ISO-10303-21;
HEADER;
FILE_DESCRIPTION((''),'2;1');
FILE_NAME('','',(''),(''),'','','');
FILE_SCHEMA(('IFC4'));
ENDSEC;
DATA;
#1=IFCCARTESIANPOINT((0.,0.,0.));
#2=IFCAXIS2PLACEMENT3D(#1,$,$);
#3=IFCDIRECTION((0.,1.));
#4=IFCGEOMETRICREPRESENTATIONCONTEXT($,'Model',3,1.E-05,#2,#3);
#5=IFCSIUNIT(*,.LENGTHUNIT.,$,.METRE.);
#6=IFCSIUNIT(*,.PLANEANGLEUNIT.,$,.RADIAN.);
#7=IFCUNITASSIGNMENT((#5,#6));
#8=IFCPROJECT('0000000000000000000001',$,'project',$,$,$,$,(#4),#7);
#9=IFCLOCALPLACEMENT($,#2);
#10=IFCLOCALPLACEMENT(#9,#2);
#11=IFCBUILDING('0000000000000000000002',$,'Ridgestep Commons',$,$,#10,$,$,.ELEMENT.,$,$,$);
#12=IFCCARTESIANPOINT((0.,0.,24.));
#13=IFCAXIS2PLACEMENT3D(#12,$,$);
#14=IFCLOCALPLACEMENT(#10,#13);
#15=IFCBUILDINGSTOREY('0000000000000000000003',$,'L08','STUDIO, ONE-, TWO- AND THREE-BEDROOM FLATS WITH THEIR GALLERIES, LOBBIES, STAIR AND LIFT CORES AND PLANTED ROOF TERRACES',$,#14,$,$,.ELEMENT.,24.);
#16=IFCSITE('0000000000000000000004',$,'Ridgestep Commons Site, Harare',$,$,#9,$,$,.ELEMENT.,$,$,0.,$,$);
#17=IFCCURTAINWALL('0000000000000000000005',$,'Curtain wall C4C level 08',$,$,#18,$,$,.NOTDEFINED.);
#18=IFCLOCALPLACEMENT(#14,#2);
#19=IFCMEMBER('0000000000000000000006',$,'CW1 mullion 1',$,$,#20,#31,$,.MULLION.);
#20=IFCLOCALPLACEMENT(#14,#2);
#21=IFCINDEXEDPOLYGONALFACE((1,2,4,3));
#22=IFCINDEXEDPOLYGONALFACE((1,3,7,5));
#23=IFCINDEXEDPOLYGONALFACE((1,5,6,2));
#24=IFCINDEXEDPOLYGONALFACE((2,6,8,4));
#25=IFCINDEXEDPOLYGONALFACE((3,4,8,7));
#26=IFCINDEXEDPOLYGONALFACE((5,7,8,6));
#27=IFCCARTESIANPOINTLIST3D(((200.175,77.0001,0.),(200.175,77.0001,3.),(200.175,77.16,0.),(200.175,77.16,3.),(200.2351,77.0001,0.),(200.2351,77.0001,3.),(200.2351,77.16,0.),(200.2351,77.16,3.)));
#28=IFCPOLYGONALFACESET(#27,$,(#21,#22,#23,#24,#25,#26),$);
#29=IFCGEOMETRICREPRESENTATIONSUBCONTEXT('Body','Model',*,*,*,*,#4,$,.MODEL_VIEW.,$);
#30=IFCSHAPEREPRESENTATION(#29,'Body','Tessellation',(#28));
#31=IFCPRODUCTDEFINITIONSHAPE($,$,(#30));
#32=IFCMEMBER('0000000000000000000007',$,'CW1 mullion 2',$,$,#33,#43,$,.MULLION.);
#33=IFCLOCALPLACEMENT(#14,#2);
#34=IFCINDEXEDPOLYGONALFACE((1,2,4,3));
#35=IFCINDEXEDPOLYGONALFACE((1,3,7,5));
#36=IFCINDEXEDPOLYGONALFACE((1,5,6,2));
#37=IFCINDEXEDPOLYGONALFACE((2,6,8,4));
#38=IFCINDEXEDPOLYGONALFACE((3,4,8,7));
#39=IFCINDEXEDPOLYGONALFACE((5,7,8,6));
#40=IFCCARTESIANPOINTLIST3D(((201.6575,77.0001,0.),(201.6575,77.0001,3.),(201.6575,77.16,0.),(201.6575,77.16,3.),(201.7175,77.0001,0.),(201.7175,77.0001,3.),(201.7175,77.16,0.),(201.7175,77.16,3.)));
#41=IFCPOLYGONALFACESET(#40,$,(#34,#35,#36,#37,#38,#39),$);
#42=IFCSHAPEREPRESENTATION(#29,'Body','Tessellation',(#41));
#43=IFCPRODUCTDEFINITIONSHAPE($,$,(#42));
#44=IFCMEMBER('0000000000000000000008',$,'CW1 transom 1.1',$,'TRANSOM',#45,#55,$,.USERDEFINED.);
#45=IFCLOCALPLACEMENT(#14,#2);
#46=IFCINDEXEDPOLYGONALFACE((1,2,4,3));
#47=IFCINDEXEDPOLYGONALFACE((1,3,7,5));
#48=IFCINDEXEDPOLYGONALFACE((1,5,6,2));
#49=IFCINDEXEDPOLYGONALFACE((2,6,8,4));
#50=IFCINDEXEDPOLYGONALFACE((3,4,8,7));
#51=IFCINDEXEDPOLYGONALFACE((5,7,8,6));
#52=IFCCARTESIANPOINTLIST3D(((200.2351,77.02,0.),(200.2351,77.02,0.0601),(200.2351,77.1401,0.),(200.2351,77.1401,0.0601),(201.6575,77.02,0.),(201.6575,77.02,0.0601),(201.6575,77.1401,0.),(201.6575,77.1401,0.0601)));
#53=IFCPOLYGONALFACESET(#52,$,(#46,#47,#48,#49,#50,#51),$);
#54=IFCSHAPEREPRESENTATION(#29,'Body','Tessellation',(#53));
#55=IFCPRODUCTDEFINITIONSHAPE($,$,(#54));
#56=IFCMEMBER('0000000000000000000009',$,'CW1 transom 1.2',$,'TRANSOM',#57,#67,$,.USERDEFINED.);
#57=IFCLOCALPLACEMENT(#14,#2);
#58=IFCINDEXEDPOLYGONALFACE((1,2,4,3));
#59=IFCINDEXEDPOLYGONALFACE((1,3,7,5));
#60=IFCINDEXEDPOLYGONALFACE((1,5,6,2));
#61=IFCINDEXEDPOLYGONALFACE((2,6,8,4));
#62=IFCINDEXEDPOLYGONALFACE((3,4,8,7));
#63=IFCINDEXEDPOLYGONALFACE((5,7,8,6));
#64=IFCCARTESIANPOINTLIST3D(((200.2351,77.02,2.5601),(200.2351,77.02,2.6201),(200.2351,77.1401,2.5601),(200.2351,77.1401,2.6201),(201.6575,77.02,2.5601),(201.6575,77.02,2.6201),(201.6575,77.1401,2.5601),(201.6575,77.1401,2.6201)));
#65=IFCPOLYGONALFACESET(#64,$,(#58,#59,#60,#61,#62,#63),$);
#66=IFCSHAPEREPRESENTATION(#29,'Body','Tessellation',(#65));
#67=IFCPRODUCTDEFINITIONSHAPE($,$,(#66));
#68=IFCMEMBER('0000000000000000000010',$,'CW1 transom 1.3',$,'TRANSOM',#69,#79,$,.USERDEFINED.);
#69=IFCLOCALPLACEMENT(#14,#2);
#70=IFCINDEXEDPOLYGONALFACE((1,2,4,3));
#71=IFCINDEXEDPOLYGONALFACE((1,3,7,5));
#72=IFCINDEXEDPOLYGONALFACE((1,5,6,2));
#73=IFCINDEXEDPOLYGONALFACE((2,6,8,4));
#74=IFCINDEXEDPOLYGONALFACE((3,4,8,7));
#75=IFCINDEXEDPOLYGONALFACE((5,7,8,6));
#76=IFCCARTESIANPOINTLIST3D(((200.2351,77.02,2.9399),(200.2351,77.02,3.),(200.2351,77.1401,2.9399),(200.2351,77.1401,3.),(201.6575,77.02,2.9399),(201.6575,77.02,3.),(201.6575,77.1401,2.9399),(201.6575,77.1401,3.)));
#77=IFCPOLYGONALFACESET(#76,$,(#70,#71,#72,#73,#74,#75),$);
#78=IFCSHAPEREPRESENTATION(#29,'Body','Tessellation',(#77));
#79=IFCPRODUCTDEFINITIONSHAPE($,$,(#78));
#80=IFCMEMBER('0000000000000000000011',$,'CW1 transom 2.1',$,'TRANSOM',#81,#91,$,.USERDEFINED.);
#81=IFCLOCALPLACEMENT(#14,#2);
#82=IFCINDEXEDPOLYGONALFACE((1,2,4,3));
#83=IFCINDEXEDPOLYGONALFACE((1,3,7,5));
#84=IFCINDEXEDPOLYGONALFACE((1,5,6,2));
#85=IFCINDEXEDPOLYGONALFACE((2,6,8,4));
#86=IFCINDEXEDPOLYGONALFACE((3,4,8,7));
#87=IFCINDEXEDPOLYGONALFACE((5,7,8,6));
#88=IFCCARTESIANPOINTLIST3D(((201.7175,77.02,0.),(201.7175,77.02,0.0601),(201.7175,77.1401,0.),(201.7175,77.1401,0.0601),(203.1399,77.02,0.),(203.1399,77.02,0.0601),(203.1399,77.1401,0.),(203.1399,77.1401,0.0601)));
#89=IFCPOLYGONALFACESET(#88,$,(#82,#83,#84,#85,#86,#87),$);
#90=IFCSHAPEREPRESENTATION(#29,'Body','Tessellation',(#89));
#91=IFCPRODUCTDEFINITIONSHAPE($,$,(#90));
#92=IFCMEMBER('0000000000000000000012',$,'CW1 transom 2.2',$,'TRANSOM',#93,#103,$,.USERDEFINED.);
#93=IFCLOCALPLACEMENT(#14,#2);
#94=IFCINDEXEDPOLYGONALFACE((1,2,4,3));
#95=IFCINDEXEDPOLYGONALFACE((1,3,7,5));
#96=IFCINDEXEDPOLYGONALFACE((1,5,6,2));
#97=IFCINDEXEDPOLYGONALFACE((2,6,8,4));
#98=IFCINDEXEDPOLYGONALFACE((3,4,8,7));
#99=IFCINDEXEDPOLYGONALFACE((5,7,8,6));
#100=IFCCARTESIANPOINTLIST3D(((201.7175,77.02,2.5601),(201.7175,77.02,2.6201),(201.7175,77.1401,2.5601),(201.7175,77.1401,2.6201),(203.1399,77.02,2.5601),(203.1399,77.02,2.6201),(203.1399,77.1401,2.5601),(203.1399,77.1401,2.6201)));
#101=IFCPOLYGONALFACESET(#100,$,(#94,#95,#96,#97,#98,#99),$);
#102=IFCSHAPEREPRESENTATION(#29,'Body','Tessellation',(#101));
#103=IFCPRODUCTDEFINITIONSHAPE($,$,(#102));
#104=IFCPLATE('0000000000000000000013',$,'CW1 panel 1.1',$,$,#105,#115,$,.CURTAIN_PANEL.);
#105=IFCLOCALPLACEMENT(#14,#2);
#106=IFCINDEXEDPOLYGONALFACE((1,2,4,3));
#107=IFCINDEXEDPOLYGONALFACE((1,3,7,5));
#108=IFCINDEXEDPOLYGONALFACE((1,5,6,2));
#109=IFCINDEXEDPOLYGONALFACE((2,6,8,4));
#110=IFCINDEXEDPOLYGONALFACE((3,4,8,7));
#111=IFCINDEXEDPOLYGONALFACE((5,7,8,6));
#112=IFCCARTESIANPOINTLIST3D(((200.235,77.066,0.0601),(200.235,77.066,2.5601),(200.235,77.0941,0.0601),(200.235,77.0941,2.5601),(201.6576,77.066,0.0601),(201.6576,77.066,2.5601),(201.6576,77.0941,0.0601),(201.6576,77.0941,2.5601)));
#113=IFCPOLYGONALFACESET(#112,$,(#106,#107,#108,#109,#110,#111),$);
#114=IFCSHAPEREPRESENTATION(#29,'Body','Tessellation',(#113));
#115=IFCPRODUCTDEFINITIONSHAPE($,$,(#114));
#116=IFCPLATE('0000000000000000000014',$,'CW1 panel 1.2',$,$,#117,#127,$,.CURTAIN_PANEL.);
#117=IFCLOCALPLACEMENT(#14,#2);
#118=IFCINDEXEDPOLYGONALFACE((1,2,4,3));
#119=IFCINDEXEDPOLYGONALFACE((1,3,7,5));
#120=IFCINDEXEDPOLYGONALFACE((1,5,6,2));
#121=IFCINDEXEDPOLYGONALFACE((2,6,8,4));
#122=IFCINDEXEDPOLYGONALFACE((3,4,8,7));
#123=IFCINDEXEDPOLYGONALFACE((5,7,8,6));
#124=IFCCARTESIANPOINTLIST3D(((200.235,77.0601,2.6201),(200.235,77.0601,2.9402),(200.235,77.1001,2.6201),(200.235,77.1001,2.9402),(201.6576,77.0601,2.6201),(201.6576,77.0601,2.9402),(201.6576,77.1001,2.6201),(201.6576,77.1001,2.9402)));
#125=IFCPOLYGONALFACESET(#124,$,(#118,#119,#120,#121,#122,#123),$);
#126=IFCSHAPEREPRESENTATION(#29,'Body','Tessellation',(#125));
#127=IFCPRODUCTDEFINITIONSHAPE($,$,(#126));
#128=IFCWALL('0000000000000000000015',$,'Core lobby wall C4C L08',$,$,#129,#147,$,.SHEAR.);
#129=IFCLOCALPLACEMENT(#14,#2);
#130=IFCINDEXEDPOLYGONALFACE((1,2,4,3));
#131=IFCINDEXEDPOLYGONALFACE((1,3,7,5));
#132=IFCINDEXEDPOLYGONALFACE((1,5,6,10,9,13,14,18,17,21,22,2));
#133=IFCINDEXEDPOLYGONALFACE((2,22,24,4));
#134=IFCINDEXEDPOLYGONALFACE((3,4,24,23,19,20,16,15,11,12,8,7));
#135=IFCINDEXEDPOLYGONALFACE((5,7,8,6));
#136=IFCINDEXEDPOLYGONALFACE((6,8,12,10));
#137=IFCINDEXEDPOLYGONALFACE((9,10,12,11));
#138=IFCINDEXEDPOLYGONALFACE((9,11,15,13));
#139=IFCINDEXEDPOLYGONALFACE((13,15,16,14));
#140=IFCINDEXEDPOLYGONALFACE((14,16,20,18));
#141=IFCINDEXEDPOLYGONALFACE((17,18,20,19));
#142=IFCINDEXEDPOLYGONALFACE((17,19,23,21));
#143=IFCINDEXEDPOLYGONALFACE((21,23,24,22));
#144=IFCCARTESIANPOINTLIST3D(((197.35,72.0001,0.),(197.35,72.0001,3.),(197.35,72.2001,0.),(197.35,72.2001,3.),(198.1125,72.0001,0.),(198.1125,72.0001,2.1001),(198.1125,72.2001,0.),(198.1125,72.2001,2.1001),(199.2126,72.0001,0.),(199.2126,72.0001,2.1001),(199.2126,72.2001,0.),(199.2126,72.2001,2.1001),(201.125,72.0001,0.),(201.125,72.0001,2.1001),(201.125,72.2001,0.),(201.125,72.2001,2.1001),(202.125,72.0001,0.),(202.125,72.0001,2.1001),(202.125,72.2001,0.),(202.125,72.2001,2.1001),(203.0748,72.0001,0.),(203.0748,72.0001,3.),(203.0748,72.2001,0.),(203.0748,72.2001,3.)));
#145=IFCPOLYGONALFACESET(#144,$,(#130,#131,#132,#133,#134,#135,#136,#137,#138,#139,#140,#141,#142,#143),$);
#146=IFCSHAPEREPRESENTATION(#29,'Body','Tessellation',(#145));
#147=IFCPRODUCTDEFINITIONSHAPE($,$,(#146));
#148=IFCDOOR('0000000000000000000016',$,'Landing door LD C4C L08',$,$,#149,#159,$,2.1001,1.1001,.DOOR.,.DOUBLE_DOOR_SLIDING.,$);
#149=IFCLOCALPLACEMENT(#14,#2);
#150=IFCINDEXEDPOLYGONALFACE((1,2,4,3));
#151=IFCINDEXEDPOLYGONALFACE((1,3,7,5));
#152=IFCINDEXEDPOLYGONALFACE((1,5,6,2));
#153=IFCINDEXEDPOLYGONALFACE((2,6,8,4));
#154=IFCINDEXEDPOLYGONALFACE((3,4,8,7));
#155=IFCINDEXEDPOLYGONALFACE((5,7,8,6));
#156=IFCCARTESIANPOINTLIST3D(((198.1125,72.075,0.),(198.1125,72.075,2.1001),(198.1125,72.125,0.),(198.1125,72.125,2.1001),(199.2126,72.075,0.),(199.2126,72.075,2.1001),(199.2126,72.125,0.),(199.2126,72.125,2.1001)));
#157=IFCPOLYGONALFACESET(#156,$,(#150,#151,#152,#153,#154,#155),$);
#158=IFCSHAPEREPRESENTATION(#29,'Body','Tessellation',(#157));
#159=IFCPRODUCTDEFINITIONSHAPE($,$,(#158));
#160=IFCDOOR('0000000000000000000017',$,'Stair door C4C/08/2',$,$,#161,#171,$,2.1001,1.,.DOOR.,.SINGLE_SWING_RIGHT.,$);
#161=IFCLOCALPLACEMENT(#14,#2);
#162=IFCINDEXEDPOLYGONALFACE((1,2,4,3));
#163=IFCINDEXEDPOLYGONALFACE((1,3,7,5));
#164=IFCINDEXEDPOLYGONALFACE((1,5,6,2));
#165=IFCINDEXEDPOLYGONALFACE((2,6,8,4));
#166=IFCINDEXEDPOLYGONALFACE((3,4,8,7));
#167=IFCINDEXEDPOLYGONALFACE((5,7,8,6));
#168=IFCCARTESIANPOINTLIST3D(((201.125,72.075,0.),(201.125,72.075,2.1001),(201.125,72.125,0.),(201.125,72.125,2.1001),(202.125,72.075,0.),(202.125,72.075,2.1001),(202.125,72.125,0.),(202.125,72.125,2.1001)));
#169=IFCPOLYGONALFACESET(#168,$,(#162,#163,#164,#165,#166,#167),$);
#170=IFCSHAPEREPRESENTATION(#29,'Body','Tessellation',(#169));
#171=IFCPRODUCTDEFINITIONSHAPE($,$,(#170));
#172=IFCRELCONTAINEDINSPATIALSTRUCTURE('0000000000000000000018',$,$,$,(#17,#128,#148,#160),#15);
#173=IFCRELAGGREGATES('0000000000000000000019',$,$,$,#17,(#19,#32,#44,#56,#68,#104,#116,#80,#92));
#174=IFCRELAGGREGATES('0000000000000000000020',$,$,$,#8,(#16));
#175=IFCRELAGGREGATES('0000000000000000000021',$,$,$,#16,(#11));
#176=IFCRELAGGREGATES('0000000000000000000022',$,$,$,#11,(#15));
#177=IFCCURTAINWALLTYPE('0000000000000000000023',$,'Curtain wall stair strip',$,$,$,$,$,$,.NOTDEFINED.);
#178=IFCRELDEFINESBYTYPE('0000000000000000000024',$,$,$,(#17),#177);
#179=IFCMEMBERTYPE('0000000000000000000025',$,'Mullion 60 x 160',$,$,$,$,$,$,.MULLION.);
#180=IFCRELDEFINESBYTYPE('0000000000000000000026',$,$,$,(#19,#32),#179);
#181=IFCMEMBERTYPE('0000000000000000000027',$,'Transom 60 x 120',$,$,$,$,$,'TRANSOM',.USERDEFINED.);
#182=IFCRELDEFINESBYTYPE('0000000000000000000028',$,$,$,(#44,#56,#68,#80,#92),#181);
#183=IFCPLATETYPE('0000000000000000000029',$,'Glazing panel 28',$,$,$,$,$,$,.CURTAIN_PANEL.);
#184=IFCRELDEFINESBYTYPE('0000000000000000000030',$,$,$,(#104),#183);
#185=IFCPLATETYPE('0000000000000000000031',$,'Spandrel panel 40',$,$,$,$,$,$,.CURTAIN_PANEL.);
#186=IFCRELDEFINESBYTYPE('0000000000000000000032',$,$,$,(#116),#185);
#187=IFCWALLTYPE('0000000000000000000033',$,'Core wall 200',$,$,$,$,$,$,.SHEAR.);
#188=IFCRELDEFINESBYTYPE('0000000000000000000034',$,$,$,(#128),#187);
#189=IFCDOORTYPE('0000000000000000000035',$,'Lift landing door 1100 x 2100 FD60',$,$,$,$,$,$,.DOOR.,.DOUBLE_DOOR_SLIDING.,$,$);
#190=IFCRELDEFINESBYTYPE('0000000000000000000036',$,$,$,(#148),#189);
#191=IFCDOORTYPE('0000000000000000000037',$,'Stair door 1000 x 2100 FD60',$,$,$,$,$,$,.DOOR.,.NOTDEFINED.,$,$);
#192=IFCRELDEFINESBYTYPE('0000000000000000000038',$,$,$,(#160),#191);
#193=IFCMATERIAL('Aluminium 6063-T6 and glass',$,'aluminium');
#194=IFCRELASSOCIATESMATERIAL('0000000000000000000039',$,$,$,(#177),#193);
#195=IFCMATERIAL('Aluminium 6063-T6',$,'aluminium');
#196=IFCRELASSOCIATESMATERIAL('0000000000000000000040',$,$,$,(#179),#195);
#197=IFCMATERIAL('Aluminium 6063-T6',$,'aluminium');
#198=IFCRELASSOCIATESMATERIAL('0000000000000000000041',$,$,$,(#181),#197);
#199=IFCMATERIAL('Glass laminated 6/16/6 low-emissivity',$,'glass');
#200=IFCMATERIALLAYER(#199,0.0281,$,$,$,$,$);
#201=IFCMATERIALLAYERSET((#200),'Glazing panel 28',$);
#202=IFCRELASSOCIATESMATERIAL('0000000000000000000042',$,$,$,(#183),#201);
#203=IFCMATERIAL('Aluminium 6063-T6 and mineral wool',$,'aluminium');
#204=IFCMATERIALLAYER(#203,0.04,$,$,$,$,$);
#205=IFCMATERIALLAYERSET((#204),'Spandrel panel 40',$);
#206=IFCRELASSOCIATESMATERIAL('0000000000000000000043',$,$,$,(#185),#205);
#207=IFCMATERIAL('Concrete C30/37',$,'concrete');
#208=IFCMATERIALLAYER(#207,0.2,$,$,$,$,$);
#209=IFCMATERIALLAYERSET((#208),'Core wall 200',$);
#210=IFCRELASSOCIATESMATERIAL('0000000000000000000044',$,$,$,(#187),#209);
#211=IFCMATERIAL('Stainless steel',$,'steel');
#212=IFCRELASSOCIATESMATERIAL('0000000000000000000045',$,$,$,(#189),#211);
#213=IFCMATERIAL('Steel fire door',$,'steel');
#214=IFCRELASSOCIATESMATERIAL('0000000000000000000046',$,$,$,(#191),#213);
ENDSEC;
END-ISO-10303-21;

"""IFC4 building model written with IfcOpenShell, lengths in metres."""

from ifc_helpers import new_model, si_unit, direction, frame, frame_2d, origin, origin_2d, place, context, subcontext, project, spatial, rectangle, extrude, material, layer, layer_set, material_profile, profile_set, type_object, element, fill, aggregate, save


model = new_model("IFC4")

# Units and contexts
model_context = context("Model", 3, precision=1e-05, world=origin(), true_north=direction((0.0, 1.0)))
body_context = subcontext(model_context, "Body", "Model", "MODEL_VIEW")
ifc_project = project(units=[si_unit("LENGTHUNIT", "METRE"), si_unit("PLANEANGLEUNIT", "RADIAN")], contexts=[model_context])

# Site, building, storey
site_placement = place(None, origin())
site = spatial("IfcSite", under=ifc_project, at=site_placement, Name="Ridgestep Commons Site, Harare", CompositionType="ELEMENT", RefElevation=0.0)
building_placement = place(site_placement, origin())
building = spatial("IfcBuilding", under=site, at=building_placement, Name="Ridgestep Commons", CompositionType="ELEMENT")
storey_placement = place(building_placement, frame((0.0, 0.0, 24.0)))
storey = spatial("IfcBuildingStorey", under=building, at=storey_placement, Name="L08", Description="STUDIO, ONE-, TWO- AND THREE-BEDROOM FLATS WITH THEIR GALLERIES, LOBBIES, STAIR AND LIFT CORES AND PLANTED ROOF TERRACES", CompositionType="ELEMENT", Elevation=24.0)

# Curtain wall, members, plates
ifc_material_1 = material(Name="Aluminium 6063-T6 and glass", Category="aluminium")
curtain_wall_type = type_object("IfcCurtainWallType", Name="Curtain wall stair strip", PredefinedType="NOTDEFINED", material=ifc_material_1)
curtain_wall_placement = place(storey_placement, origin())
curtain_wall = element("IfcCurtainWall", 1, at=curtain_wall_placement, inside=storey, type_object=curtain_wall_type, Name="Curtain wall C4C level 08", PredefinedType="NOTDEFINED")
ifc_material_2 = material(Name="Aluminium 6063-T6", Category="aluminium")
ifc_material_profile_1 = material_profile(ifc_material_2, rectangle(XDim=0.1599, YDim=0.0601, at=origin_2d()), Name="Mullion 60 x 160")
ifc_profile_set_1 = profile_set([ifc_material_profile_1], Name="Aluminium 6063-T6")
member_type_1 = type_object("IfcMemberType", Name="Mullion 60 x 160", PredefinedType="MULLION", material=ifc_profile_set_1)
member_1_placement = place(storey_placement, frame((200.2051, 77.0801, 0.0), z_axis=(0.0, 0.0, 1.0), x_axis=(0.0, 1.0, 0.0)))
member_1 = element("IfcMember", 2, at=member_1_placement, type_object=member_type_1, Name="CW1 mullion 1", PredefinedType="MULLION", context=body_context, shape_type="SweptSolid", body=[
    extrude(rectangle(XDim=0.1599, YDim=0.0601, at=origin_2d()), origin(), (0.0, 0.0, 1.0), 3.0),
])
member_2_placement = place(storey_placement, frame((201.6875, 77.0801, 0.0), z_axis=(0.0, 0.0, 1.0), x_axis=(0.0, 1.0, 0.0)))
member_2 = element("IfcMember", 3, at=member_2_placement, type_object=member_type_1, Name="CW1 mullion 2", PredefinedType="MULLION", context=body_context, shape_type="SweptSolid", body=[
    extrude(rectangle(XDim=0.1599, YDim=0.0601, at=origin_2d()), origin(), (0.0, 0.0, 1.0), 3.0),
])
ifc_material_3 = material(Name="Aluminium 6063-T6", Category="aluminium")
ifc_material_profile_2 = material_profile(ifc_material_3, rectangle(XDim=0.1201, YDim=0.0601, at=origin_2d()), Name="Transom 60 x 120")
ifc_profile_set_2 = profile_set([ifc_material_profile_2], Name="Aluminium 6063-T6")
member_type_2 = type_object("IfcMemberType", Name="Transom 60 x 120", ElementType="TRANSOM", PredefinedType="USERDEFINED", material=ifc_profile_set_2)
member_3_placement = place(storey_placement, frame((200.2351, 77.0801, 0.03), z_axis=(1.0, 0.0, 0.0), x_axis=(0.0, 1.0, 0.0)))
member_3 = element("IfcMember", 4, at=member_3_placement, type_object=member_type_2, Name="CW1 transom 1.1", ObjectType="TRANSOM", PredefinedType="USERDEFINED", context=body_context, shape_type="SweptSolid", body=[
    extrude(rectangle(XDim=0.1201, YDim=0.0601, at=origin_2d()), origin(), (0.0, 0.0, 1.0), 1.4224),
])
member_4_placement = place(storey_placement, frame((200.2351, 77.0801, 2.5901), z_axis=(1.0, 0.0, 0.0), x_axis=(0.0, 1.0, 0.0)))
member_4 = element("IfcMember", 5, at=member_4_placement, type_object=member_type_2, Name="CW1 transom 1.2", ObjectType="TRANSOM", PredefinedType="USERDEFINED", context=body_context, shape_type="SweptSolid", body=[
    extrude(rectangle(XDim=0.1201, YDim=0.0601, at=origin_2d()), origin(), (0.0, 0.0, 1.0), 1.4224),
])
member_5_placement = place(storey_placement, frame((200.2351, 77.0801, 2.97), z_axis=(1.0, 0.0, 0.0), x_axis=(0.0, 1.0, 0.0)))
member_5 = element("IfcMember", 6, at=member_5_placement, type_object=member_type_2, Name="CW1 transom 1.3", ObjectType="TRANSOM", PredefinedType="USERDEFINED", context=body_context, shape_type="SweptSolid", body=[
    extrude(rectangle(XDim=0.1201, YDim=0.0601, at=origin_2d()), origin(), (0.0, 0.0, 1.0), 1.4224),
])
member_6_placement = place(storey_placement, frame((201.7175, 77.0801, 0.03), z_axis=(1.0, 0.0, 0.0), x_axis=(0.0, 1.0, 0.0)))
member_6 = element("IfcMember", 7, at=member_6_placement, type_object=member_type_2, Name="CW1 transom 2.1", ObjectType="TRANSOM", PredefinedType="USERDEFINED", context=body_context, shape_type="SweptSolid", body=[
    extrude(rectangle(XDim=0.1201, YDim=0.0601, at=origin_2d()), origin(), (0.0, 0.0, 1.0), 1.4224),
])
member_7_placement = place(storey_placement, frame((201.7175, 77.0801, 2.5901), z_axis=(1.0, 0.0, 0.0), x_axis=(0.0, 1.0, 0.0)))
member_7 = element("IfcMember", 8, at=member_7_placement, type_object=member_type_2, Name="CW1 transom 2.2", ObjectType="TRANSOM", PredefinedType="USERDEFINED", context=body_context, shape_type="SweptSolid", body=[
    extrude(rectangle(XDim=0.1201, YDim=0.0601, at=origin_2d()), origin(), (0.0, 0.0, 1.0), 1.4224),
])
ifc_material_4 = material(Name="Glass laminated 6/16/6 low-emissivity", Category="glass")
ifc_layer_1 = layer(ifc_material_4, 0.0281)
ifc_layer_set_1 = layer_set([ifc_layer_1], Name="Glazing panel 28")
plate_type_1 = type_object("IfcPlateType", Name="Glazing panel 28", PredefinedType="CURTAIN_PANEL", material=ifc_layer_set_1)
plate_1_placement = place(storey_placement, frame((200.9463, 77.0801, 0.0601), z_axis=(0.0, 0.0, 1.0), x_axis=(1.0, 0.0, 0.0)))
plate_1 = element("IfcPlate", 9, at=plate_1_placement, type_object=plate_type_1, Name="CW1 panel 1.1", PredefinedType="CURTAIN_PANEL", context=body_context, shape_type="SweptSolid", body=[
    extrude(rectangle(XDim=1.4226, YDim=0.0281, at=origin_2d()), origin(), (0.0, 0.0, 1.0), 2.5),
])
ifc_material_5 = material(Name="Aluminium 6063-T6 and mineral wool", Category="aluminium")
ifc_layer_2 = layer(ifc_material_5, 0.04)
ifc_layer_set_2 = layer_set([ifc_layer_2], Name="Spandrel panel 40")
plate_type_2 = type_object("IfcPlateType", Name="Spandrel panel 40", PredefinedType="CURTAIN_PANEL", material=ifc_layer_set_2)
plate_2_placement = place(storey_placement, frame((200.9463, 77.0801, 2.6201), z_axis=(0.0, 0.0, 1.0), x_axis=(1.0, 0.0, 0.0)))
plate_2 = element("IfcPlate", 10, at=plate_2_placement, type_object=plate_type_2, Name="CW1 panel 1.2", PredefinedType="CURTAIN_PANEL", context=body_context, shape_type="SweptSolid", body=[
    extrude(rectangle(XDim=1.4226, YDim=0.04, at=origin_2d()), origin(), (0.0, 0.0, 1.0), 0.3201),
])
aggregate(curtain_wall, [member_1, member_2, member_3, member_4, member_5, plate_1, plate_2, member_6, member_7])

# Wall, openings, doors
ifc_material_6 = material(Name="Concrete C30/37", Category="concrete")
ifc_layer_3 = layer(ifc_material_6, 0.2)
ifc_layer_set_3 = layer_set([ifc_layer_3], Name="Core wall 200")
wall_type_1 = type_object("IfcWallType", Name="Core wall 200", PredefinedType="SHEAR", material=ifc_layer_set_3)
wall_1_placement = place(storey_placement, frame((197.3501, 72.1001, 0.0), z_axis=(0.0, 0.0, 1.0), x_axis=(1.0, 0.0, 0.0)))
wall_1 = element("IfcWall", 11, at=wall_1_placement, inside=storey, type_object=wall_type_1, Name="Core lobby wall C4C L08", PredefinedType="SHEAR", context=body_context, shape_type="SweptSolid", body=[
    extrude(rectangle(XDim=5.7249, YDim=0.2, at=frame_2d((2.8623, 0.0))), origin(), (0.0, 0.0, 1.0), 3.0),
])
opening_1_placement = place(wall_1_placement, frame((3.7749, 0.0, 0.0)))
opening_1 = element("IfcOpeningElement", 12, at=opening_1_placement, cuts=wall_1, PredefinedType="OPENING", context=body_context, shape_type="SweptSolid", body=[
    extrude(rectangle(XDim=1.0, YDim=2.1001, at=frame_2d((0.5, 1.05))), frame((0.0, 0.1099, 0.0), z_axis=(0.0, -1.0, 0.0), x_axis=(1.0, 0.0, 0.0)), (0.0, 0.0, 1.0), 0.22),
])
opening_2_placement = place(wall_1_placement, frame((0.7625, 0.0, 0.0)))
opening_2 = element("IfcOpeningElement", 13, at=opening_2_placement, cuts=wall_1, PredefinedType="OPENING", context=body_context, shape_type="SweptSolid", body=[
    extrude(rectangle(XDim=1.1001, YDim=2.1001, at=frame_2d((0.55, 1.05))), frame((0.0, 0.1099, 0.0), z_axis=(0.0, -1.0, 0.0), x_axis=(1.0, 0.0, 0.0)), (0.0, 0.0, 1.0), 0.22),
])
ifc_material_7 = material(Name="Stainless steel", Category="steel")
door_type_1 = type_object("IfcDoorType", Name="Lift landing door 1100 x 2100 FD60", OperationType="DOUBLE_DOOR_SLIDING", PredefinedType="DOOR", material=ifc_material_7)
door_1_placement = place(opening_2_placement, origin())
door_1 = element("IfcDoor", 14, at=door_1_placement, inside=storey, type_object=door_type_1, Name="Landing door LD C4C L08", OperationType="DOUBLE_DOOR_SLIDING", OverallHeight=2.1001, OverallWidth=1.1001, PredefinedType="DOOR", context=body_context, shape_type="SweptSolid", body=[
    extrude(rectangle(XDim=1.1001, YDim=2.1001, at=frame_2d((0.55, 1.05))), frame((0.0, 0.0249, 0.0), z_axis=(0.0, -1.0, 0.0), x_axis=(1.0, 0.0, 0.0)), (0.0, 0.0, 1.0), 0.05),
])
fill(opening_2, door_1)
ifc_material_8 = material(Name="Steel fire door", Category="steel")
door_type_2 = type_object("IfcDoorType", Name="Stair door 1000 x 2100 FD60", OperationType="NOTDEFINED", PredefinedType="DOOR", material=ifc_material_8)
door_2_placement = place(opening_1_placement, origin())
door_2 = element("IfcDoor", 15, at=door_2_placement, inside=storey, type_object=door_type_2, Name="Stair door C4C/08/2", OperationType="SINGLE_SWING_RIGHT", OverallHeight=2.1001, OverallWidth=1.0, PredefinedType="DOOR", context=body_context, shape_type="SweptSolid", body=[
    extrude(rectangle(XDim=1.0, YDim=2.1001, at=frame_2d((0.5, 1.05))), frame((0.0, 0.0249, 0.0), z_axis=(0.0, -1.0, 0.0), x_axis=(1.0, 0.0, 0.0)), (0.0, 0.0, 1.0), 0.05),
])
fill(opening_1, door_2)

save(model, "model.ifc")
